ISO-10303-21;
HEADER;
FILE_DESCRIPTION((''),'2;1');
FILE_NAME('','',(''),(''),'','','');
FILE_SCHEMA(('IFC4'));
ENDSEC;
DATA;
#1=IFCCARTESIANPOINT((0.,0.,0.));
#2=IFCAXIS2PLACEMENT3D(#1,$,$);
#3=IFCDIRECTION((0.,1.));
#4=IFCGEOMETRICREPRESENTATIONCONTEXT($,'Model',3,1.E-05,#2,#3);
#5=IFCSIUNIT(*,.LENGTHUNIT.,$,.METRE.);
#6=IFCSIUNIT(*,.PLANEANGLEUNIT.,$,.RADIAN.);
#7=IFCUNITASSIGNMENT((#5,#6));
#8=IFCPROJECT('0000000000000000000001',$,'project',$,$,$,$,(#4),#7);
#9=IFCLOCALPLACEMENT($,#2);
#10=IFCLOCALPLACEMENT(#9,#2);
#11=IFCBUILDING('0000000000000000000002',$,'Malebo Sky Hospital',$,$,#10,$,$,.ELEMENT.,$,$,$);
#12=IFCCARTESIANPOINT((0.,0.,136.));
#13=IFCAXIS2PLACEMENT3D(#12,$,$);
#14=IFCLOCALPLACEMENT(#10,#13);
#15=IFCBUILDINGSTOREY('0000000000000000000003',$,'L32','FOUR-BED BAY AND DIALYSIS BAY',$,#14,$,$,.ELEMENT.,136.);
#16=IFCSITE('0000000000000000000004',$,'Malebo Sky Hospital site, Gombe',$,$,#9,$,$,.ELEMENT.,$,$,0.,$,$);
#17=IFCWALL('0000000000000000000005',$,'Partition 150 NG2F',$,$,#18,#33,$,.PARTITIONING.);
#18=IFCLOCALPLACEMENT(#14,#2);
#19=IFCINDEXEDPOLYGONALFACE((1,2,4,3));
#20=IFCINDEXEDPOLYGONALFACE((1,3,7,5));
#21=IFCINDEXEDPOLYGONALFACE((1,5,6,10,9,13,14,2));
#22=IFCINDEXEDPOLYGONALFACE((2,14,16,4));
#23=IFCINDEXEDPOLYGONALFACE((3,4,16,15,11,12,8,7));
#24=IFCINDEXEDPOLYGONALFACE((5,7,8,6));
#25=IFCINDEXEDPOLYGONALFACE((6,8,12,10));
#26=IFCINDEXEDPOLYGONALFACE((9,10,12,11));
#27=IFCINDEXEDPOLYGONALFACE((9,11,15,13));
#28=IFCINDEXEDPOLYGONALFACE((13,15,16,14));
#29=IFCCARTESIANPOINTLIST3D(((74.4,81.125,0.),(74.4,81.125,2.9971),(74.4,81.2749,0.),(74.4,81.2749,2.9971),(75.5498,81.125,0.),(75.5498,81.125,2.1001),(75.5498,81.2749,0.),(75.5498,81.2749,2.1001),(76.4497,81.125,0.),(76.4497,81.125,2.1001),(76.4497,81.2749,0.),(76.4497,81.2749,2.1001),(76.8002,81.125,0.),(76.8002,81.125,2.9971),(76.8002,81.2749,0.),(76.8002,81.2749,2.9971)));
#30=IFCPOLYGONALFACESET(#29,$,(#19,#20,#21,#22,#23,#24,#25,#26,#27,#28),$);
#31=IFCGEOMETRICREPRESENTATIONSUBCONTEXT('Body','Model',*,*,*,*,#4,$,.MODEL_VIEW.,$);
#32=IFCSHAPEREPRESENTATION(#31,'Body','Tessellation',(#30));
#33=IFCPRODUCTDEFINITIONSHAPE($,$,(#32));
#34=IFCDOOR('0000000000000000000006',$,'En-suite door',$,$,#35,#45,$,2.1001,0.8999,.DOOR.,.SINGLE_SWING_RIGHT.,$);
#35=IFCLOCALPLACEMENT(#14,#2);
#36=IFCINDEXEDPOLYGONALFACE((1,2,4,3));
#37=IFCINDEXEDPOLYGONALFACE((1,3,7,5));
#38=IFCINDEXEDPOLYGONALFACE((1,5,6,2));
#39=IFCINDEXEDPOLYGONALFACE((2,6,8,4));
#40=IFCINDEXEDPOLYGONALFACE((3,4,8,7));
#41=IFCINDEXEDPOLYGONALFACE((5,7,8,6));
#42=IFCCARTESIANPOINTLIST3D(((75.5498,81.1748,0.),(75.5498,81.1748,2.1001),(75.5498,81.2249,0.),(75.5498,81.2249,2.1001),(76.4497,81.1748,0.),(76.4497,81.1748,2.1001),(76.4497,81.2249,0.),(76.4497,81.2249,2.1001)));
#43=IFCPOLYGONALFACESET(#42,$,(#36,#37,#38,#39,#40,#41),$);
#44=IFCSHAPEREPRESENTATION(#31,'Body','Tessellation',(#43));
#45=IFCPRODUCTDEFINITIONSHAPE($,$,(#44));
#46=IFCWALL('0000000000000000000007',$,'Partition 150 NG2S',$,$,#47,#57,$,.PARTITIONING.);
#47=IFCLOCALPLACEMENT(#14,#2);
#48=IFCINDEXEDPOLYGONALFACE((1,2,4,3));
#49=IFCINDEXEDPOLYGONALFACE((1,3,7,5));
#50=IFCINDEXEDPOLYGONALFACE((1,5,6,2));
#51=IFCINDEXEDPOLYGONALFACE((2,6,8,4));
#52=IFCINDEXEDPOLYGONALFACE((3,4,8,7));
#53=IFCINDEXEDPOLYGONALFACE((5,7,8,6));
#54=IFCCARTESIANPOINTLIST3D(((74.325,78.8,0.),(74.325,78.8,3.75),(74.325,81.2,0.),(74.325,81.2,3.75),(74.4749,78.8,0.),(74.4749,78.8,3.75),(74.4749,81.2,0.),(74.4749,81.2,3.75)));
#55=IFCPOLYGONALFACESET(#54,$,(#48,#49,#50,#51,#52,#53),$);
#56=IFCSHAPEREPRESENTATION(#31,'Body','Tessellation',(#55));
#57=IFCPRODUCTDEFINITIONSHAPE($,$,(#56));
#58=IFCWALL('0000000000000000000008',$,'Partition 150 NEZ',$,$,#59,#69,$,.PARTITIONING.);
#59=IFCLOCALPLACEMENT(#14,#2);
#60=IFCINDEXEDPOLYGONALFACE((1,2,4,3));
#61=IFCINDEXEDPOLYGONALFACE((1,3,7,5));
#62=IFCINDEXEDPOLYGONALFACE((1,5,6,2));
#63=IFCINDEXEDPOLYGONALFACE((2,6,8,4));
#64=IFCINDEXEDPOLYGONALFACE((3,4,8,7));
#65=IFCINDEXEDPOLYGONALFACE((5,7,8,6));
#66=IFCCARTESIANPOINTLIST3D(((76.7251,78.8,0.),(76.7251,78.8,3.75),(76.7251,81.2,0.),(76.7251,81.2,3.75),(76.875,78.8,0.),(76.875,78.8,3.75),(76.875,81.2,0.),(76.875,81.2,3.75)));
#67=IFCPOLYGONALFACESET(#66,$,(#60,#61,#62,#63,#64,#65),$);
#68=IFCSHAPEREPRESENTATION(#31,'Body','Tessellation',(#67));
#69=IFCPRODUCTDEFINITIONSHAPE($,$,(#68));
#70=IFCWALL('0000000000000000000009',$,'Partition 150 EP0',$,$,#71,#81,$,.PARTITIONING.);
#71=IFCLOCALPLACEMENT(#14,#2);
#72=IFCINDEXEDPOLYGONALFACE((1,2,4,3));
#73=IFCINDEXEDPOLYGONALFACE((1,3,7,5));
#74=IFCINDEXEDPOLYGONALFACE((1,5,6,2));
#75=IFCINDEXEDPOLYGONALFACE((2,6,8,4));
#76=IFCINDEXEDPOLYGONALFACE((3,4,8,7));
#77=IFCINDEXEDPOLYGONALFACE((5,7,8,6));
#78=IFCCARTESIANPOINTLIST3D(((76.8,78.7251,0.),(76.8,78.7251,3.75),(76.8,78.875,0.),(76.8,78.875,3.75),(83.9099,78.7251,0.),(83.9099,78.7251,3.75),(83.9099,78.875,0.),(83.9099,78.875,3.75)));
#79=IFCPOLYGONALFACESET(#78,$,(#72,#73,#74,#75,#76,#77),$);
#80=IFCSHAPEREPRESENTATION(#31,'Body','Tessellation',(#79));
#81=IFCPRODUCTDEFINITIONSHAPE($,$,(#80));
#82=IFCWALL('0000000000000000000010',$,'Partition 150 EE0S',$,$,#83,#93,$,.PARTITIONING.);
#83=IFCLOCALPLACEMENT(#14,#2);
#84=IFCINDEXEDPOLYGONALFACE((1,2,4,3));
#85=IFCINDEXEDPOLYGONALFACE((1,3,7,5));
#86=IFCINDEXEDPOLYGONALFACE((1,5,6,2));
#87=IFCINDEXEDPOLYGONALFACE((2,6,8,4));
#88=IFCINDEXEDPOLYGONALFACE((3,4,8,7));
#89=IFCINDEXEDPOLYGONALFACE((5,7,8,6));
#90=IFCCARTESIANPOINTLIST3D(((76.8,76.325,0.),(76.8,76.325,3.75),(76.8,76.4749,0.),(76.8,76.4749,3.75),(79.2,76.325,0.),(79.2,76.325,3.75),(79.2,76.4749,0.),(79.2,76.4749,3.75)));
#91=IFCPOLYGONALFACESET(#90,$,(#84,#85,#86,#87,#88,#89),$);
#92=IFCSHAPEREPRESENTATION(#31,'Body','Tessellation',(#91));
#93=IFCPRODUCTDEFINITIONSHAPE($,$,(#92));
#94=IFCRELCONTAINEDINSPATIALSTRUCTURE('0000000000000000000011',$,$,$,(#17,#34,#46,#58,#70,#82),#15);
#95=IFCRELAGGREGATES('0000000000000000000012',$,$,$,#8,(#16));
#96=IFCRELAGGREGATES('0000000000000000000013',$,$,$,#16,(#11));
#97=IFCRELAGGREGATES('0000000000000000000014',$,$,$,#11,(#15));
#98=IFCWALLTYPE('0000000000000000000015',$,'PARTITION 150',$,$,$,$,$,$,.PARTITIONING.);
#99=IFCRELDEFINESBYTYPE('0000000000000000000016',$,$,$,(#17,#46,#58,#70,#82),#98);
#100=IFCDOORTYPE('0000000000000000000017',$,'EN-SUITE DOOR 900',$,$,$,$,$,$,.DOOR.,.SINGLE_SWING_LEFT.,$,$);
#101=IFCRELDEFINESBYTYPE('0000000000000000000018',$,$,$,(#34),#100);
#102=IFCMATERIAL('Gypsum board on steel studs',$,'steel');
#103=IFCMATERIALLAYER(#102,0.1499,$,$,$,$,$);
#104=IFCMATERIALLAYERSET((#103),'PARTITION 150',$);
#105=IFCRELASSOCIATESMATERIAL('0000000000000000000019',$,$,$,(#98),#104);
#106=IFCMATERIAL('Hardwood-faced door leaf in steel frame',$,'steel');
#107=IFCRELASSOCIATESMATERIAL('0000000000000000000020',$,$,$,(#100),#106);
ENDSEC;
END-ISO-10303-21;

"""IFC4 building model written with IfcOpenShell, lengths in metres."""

from ifc_helpers import new_model, si_unit, direction, frame, frame_2d, origin, place, context, subcontext, project, spatial, rectangle, extrude, material, layer, layer_set, type_object, element, fill, save


model = new_model("IFC4")

# Units and contexts
model_context = context("Model", 3, precision=1e-05, world=origin(), true_north=direction((0.0, 1.0)))
body_context = subcontext(model_context, "Body", "Model", "MODEL_VIEW")
ifc_project = project(units=[si_unit("LENGTHUNIT", "METRE"), si_unit("PLANEANGLEUNIT", "RADIAN")], contexts=[model_context])

# Site, building, storey
site_placement = place(None, origin())
site = spatial("IfcSite", under=ifc_project, at=site_placement, Name="Malebo Sky Hospital site, Gombe", CompositionType="ELEMENT", RefElevation=0.0)
building_placement = place(site_placement, origin())
building = spatial("IfcBuilding", under=site, at=building_placement, Name="Malebo Sky Hospital", CompositionType="ELEMENT")
storey_placement = place(building_placement, frame((0.0, 0.0, 136.0)))
storey = spatial("IfcBuildingStorey", under=building, at=storey_placement, Name="L32", Description="FOUR-BED BAY AND DIALYSIS BAY", CompositionType="ELEMENT", Elevation=136.0)

# Shared definitions
ifc_material_1 = material(Name="Gypsum board on steel studs", Category="steel")
ifc_material_2 = material(Name="Hardwood-faced door leaf in steel frame", Category="steel")

# Wall, opening, door
ifc_layer_1 = layer(ifc_material_1, 0.1499)
ifc_layer_set_1 = layer_set([ifc_layer_1], Name="PARTITION 150")
wall_type_1 = type_object("IfcWallType", Name="PARTITION 150", PredefinedType="PARTITIONING", material=ifc_layer_set_1)
wall_1_placement = place(storey_placement, frame((74.3999, 81.2, 0.0), z_axis=(0.0, 0.0, 1.0), x_axis=(1.0, 0.0, 0.0)))
wall_1 = element("IfcWall", 1, at=wall_1_placement, inside=storey, type_object=wall_type_1, Name="Partition 150 NG2F", PredefinedType="PARTITIONING", context=body_context, shape_type="SweptSolid", body=[
    extrude(rectangle(XDim=2.4001, YDim=0.1499, at=frame_2d((1.2002, 0.0))), origin(), (0.0, 0.0, 1.0), 2.9971),
])
opening_1_placement = place(wall_1_placement, frame((1.1499, 0.0, 0.0)))
opening_1 = element("IfcOpeningElement", 2, at=opening_1_placement, cuts=wall_1, PredefinedType="OPENING", context=body_context, shape_type="SweptSolid", body=[
    extrude(rectangle(XDim=0.8999, YDim=2.1001, at=frame_2d((0.45, 1.05))), frame((0.0, 0.085, 0.0), z_axis=(0.0, -1.0, 0.0), x_axis=(1.0, 0.0, 0.0)), (0.0, 0.0, 1.0), 0.1699),
])
door_type_1 = type_object("IfcDoorType", Name="EN-SUITE DOOR 900", OperationType="SINGLE_SWING_LEFT", PredefinedType="DOOR", material=ifc_material_2)
door_1_placement = place(opening_1_placement, origin())
door_1 = element("IfcDoor", 3, at=door_1_placement, inside=storey, type_object=door_type_1, Name="En-suite door", OperationType="SINGLE_SWING_RIGHT", OverallHeight=2.1001, OverallWidth=0.8999, PredefinedType="DOOR", context=body_context, shape_type="SweptSolid", body=[
    extrude(rectangle(XDim=0.8999, YDim=2.1001, at=frame_2d((0.45, 1.05))), frame((0.0, 0.0249, 0.0), z_axis=(0.0, -1.0, 0.0), x_axis=(1.0, 0.0, 0.0)), (0.0, 0.0, 1.0), 0.05),
])
fill(opening_1, door_1)

# Walls
for number, where, z_axis, x_axis, name in (
    (4, (74.3999, 78.8, 0.0), (0.0, 0.0, 1.0), (0.0, 1.0, 0.0), "Partition 150 NG2S"),
    (5, (76.8, 78.8, 0.0), (0.0, 0.0, 1.0), (0.0, 1.0, 0.0), "Partition 150 NEZ"),
):
    element("IfcWall", number, at=place(storey_placement, frame(where, z_axis=z_axis, x_axis=x_axis)), inside=storey, type_object=wall_type_1, Name=name, PredefinedType="PARTITIONING", context=body_context, shape_type="SweptSolid", body=[
        extrude(rectangle(XDim=2.3999, YDim=0.1499, at=frame_2d((1.2, 0.0))), origin(), (0.0, 0.0, 1.0), 3.75),
    ])
wall_2_placement = place(storey_placement, frame((76.8, 78.8, 0.0), z_axis=(0.0, 0.0, 1.0), x_axis=(1.0, 0.0, 0.0)))
element("IfcWall", 6, at=wall_2_placement, inside=storey, type_object=wall_type_1, Name="Partition 150 EP0", PredefinedType="PARTITIONING", context=body_context, shape_type="SweptSolid", body=[
    extrude(rectangle(XDim=7.1099, YDim=0.1499, at=frame_2d((3.5549, 0.0))), origin(), (0.0, 0.0, 1.0), 3.75),
])
wall_3_placement = place(storey_placement, frame((76.8, 76.3999, 0.0), z_axis=(0.0, 0.0, 1.0), x_axis=(1.0, 0.0, 0.0)))
element("IfcWall", 7, at=wall_3_placement, inside=storey, type_object=wall_type_1, Name="Partition 150 EE0S", PredefinedType="PARTITIONING", context=body_context, shape_type="SweptSolid", body=[
    extrude(rectangle(XDim=2.3999, YDim=0.1499, at=frame_2d((1.2, 0.0))), origin(), (0.0, 0.0, 1.0), 3.75),
])

save(model, "model.ifc")
